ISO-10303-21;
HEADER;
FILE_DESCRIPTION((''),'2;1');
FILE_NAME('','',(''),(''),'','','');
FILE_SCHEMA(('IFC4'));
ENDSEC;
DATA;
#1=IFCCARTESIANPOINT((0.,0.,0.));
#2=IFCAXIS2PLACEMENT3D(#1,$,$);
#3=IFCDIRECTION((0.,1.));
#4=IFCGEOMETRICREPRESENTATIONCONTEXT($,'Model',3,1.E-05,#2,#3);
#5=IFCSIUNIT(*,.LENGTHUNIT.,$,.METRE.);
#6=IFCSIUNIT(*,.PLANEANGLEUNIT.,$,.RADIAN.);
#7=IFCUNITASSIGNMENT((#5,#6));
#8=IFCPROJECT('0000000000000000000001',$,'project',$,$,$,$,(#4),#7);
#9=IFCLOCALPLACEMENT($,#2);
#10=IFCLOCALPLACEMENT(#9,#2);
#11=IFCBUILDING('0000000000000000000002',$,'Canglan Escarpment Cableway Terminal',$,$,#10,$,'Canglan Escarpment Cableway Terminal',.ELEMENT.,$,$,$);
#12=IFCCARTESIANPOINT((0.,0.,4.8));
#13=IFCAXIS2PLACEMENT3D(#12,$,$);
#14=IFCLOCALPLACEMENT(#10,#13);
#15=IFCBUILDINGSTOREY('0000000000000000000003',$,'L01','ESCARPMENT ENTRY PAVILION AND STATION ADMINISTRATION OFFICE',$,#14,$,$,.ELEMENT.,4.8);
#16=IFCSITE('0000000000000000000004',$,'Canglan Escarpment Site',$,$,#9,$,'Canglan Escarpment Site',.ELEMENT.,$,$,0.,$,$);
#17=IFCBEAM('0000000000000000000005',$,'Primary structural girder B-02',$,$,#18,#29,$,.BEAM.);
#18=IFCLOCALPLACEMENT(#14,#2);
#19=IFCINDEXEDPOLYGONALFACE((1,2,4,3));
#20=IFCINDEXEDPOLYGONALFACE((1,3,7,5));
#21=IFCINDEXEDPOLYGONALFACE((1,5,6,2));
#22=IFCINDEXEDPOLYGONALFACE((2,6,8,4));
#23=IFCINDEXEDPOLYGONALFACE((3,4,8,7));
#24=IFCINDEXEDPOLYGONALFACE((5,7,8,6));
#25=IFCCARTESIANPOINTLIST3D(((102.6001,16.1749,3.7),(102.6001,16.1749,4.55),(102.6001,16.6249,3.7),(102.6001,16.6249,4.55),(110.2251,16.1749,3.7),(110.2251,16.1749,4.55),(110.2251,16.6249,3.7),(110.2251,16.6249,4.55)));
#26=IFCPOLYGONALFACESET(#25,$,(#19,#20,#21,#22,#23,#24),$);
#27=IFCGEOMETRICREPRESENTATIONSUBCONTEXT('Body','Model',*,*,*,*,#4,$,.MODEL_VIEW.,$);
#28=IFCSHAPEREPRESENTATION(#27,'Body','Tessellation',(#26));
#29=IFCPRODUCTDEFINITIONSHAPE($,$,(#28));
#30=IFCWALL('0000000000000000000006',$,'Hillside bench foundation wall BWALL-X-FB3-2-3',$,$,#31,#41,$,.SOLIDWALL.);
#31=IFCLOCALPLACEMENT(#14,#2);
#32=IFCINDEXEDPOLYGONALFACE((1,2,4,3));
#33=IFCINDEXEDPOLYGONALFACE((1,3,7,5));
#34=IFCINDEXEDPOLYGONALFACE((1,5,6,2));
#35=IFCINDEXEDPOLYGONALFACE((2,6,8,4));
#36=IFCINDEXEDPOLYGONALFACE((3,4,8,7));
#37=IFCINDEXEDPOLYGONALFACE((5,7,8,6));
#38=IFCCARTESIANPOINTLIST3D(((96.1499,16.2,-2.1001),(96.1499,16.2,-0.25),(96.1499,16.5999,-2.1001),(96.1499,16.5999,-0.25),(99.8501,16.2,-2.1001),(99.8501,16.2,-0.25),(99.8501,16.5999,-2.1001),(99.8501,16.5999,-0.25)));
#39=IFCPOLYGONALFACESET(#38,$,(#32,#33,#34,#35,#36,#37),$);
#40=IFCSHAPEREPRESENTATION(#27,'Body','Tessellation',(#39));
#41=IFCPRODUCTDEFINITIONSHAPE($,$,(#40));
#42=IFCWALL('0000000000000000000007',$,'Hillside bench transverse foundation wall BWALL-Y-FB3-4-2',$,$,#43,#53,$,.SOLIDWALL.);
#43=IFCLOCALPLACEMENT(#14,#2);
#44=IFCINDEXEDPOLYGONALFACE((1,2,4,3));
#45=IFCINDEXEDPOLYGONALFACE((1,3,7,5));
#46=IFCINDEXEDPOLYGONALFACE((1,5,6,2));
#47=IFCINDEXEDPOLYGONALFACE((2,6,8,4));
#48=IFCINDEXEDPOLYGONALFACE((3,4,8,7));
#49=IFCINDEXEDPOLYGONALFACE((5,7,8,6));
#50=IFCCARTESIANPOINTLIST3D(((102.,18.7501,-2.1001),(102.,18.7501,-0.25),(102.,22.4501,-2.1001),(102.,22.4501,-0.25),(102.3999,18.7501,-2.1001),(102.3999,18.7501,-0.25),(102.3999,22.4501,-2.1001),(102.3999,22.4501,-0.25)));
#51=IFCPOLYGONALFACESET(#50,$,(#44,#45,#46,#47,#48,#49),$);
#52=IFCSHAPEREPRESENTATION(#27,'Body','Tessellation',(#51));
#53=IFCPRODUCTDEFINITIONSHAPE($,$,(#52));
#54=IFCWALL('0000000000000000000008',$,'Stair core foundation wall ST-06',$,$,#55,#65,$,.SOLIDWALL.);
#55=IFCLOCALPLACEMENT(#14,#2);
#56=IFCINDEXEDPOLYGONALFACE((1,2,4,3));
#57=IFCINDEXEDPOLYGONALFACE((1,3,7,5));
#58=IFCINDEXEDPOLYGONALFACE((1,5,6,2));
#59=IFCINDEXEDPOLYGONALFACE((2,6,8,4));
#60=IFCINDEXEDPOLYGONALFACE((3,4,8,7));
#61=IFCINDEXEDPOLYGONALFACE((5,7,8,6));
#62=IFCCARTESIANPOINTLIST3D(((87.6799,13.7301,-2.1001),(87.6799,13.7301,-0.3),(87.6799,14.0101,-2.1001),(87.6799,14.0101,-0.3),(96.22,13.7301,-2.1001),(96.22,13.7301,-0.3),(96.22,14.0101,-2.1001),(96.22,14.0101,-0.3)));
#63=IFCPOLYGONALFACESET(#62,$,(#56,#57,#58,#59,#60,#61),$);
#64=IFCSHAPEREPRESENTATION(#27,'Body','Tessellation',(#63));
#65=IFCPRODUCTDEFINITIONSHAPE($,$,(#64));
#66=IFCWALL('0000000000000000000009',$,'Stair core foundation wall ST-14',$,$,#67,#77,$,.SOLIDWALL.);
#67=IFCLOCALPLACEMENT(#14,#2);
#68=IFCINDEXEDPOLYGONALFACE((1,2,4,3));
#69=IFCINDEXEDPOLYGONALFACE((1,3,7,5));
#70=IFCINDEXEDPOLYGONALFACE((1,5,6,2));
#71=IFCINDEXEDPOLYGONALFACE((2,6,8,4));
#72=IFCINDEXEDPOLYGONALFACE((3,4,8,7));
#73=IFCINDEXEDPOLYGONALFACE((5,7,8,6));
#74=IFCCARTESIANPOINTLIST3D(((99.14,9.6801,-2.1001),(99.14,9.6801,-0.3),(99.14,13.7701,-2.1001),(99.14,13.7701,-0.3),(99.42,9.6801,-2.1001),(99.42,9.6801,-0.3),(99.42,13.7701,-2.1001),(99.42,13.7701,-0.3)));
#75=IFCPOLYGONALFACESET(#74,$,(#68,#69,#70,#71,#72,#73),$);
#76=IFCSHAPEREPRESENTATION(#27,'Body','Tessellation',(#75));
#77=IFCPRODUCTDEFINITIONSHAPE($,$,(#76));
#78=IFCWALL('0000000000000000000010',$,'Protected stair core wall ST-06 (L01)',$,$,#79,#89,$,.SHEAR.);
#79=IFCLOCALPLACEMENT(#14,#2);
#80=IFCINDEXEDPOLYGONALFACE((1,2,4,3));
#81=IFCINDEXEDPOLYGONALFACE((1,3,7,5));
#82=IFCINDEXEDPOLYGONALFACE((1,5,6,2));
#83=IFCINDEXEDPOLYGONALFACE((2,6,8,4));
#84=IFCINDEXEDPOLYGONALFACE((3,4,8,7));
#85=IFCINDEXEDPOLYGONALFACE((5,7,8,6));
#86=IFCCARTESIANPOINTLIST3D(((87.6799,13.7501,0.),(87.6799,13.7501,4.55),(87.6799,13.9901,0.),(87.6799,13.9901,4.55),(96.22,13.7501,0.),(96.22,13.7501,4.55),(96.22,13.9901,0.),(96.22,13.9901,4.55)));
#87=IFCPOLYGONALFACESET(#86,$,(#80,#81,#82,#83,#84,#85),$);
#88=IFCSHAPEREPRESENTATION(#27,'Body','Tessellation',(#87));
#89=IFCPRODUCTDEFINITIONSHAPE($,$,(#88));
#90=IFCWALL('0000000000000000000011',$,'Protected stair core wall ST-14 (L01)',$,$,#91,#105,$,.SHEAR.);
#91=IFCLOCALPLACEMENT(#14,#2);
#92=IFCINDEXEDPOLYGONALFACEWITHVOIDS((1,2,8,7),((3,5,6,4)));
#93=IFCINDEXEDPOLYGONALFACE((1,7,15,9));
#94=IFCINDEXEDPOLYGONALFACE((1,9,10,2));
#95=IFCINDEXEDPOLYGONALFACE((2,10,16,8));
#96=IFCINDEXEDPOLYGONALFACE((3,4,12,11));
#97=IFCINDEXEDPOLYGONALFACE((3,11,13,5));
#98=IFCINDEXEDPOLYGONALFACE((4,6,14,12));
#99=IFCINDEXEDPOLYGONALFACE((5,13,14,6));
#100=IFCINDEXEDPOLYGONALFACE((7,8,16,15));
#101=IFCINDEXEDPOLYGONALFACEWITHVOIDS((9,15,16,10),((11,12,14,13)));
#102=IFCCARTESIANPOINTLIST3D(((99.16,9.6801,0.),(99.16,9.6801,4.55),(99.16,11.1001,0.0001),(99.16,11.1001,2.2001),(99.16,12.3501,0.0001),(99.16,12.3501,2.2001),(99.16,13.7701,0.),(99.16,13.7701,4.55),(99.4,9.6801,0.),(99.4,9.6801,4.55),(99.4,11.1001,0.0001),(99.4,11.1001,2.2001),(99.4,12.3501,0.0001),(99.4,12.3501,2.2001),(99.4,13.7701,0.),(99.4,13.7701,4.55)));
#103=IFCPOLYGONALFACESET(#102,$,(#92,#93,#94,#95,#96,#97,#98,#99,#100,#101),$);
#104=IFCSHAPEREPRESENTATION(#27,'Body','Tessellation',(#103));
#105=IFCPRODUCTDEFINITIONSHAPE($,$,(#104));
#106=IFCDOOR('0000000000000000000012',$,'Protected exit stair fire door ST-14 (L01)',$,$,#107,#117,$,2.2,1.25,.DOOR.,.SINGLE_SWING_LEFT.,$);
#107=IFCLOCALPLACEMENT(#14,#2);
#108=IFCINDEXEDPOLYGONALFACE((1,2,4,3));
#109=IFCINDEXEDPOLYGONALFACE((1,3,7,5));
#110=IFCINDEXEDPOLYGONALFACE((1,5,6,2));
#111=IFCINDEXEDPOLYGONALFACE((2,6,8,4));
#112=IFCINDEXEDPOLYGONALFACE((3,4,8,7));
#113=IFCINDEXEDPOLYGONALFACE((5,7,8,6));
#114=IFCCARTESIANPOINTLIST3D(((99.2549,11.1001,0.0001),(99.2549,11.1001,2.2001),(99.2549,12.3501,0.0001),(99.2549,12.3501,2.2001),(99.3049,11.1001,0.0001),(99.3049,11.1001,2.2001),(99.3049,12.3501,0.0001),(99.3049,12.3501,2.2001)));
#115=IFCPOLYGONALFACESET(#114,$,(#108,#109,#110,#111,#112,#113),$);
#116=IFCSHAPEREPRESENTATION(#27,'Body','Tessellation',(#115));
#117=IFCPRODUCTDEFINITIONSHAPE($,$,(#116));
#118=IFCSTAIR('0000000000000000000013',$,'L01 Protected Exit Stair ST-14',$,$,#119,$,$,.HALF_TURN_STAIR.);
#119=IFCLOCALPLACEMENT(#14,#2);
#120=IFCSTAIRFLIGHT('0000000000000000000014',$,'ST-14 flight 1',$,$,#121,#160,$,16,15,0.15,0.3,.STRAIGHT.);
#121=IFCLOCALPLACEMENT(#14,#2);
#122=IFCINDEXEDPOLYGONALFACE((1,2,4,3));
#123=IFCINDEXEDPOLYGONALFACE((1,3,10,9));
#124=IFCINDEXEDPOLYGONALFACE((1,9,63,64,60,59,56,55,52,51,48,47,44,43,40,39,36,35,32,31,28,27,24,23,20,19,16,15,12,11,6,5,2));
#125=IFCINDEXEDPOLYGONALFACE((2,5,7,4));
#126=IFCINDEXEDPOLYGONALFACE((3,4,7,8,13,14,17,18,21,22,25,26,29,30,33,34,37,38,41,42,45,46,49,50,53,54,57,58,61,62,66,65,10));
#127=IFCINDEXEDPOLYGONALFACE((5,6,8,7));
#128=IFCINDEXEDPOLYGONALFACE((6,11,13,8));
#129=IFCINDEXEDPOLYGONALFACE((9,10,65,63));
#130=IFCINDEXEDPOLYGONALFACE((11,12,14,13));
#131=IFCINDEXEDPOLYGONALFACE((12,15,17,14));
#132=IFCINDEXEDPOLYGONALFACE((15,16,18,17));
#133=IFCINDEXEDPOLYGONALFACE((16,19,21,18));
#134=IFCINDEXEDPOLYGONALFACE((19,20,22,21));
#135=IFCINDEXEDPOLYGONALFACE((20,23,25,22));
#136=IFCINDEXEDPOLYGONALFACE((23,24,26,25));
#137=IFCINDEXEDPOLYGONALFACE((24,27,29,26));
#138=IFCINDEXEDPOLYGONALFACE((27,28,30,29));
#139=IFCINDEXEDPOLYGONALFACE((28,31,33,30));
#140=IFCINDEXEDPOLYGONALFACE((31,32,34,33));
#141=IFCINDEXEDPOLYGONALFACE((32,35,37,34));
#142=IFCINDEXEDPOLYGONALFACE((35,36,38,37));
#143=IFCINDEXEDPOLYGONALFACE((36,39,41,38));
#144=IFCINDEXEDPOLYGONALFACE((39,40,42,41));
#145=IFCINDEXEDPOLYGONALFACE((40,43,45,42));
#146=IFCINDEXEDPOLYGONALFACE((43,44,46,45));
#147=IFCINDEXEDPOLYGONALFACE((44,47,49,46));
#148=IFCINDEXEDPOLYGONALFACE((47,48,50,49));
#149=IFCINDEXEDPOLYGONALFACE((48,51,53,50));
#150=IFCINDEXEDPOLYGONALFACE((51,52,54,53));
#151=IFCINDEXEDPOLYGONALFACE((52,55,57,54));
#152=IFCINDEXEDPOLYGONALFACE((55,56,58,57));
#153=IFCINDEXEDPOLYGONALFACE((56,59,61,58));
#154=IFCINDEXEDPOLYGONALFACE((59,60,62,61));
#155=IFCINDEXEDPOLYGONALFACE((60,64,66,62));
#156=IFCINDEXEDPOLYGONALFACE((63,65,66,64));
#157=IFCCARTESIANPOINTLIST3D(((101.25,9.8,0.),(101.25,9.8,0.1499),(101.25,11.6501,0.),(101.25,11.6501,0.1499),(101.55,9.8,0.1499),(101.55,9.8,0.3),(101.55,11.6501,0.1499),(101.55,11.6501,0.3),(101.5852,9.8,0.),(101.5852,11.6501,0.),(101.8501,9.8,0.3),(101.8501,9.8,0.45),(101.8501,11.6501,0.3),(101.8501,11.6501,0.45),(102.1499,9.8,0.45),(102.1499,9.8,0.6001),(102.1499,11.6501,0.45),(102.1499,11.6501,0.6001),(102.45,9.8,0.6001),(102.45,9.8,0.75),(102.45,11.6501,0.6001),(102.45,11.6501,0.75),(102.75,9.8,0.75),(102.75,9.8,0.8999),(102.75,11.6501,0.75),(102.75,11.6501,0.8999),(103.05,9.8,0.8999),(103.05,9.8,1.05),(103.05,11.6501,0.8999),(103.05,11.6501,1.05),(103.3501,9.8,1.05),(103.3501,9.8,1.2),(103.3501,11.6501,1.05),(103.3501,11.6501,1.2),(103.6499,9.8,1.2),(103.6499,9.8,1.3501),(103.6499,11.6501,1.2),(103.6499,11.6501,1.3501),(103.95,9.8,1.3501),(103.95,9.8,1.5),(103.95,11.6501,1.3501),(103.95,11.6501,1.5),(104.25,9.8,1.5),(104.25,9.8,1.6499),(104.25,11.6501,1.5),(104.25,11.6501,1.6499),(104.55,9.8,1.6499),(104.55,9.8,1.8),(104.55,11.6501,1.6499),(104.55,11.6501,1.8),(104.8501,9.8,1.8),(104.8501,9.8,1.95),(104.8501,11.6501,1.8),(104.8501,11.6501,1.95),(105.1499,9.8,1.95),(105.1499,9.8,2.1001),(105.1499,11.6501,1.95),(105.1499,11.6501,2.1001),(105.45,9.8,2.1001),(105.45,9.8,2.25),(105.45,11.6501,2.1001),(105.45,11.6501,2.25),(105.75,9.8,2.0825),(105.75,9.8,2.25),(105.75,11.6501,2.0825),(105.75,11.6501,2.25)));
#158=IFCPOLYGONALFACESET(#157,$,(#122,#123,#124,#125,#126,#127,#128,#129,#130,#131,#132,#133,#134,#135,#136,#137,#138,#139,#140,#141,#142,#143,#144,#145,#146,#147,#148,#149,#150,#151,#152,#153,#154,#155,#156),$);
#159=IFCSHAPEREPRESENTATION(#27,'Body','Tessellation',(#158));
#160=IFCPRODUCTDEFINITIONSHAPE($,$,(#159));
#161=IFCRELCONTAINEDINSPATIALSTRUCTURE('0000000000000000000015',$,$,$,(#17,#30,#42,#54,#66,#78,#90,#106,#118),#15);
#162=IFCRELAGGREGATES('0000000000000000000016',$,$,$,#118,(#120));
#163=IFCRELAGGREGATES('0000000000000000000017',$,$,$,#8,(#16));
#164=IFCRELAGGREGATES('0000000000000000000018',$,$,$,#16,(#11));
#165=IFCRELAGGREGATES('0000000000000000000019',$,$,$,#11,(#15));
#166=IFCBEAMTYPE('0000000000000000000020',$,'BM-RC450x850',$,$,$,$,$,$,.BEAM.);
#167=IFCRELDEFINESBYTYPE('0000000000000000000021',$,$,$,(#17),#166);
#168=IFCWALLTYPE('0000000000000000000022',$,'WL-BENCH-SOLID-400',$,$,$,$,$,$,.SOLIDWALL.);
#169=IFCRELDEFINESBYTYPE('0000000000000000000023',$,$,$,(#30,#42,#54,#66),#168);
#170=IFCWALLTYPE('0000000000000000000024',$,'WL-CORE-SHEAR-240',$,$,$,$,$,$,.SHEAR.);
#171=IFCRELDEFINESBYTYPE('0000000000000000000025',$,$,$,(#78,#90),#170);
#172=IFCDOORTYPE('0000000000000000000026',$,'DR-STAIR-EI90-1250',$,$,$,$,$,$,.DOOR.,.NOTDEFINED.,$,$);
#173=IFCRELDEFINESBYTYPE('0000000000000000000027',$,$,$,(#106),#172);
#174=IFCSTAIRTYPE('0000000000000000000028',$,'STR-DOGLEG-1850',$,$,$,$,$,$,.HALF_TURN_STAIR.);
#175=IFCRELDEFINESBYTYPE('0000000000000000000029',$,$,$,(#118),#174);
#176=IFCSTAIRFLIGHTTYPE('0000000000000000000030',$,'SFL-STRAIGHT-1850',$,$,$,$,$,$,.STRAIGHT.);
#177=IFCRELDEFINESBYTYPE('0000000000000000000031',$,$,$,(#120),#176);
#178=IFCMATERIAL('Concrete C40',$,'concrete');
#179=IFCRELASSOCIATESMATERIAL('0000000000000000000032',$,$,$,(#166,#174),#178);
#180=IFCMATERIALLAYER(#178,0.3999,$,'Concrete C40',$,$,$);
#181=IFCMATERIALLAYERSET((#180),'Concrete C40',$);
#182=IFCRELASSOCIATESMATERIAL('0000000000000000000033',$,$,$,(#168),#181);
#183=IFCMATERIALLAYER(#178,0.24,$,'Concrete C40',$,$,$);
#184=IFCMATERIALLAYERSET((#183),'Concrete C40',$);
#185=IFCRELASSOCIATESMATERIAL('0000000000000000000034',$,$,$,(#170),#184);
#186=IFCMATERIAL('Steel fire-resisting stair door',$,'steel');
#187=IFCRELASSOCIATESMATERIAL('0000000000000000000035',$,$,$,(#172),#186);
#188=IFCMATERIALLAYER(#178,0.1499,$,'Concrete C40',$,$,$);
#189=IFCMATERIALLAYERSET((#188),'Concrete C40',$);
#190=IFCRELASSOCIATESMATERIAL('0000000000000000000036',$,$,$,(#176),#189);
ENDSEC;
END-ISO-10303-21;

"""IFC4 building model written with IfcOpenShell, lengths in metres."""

from ifc_helpers import new_model, si_unit, direction, frame, frame_2d, origin, origin_2d, place, context, subcontext, project, spatial, polyline, rectangle, outline, extrude, material, layer, layer_set, material_profile, profile_set, type_object, element, fill, aggregate, save


model = new_model("IFC4")

# Units and contexts
model_context = context("Model", 3, precision=1e-05, world=origin(), true_north=direction((0.0, 1.0)))
body_context = subcontext(model_context, "Body", "Model", "MODEL_VIEW")
ifc_project = project(units=[si_unit("LENGTHUNIT", "METRE"), si_unit("PLANEANGLEUNIT", "RADIAN")], contexts=[model_context])

# Site, building, storey
site_placement = place(None, origin())
site = spatial("IfcSite", under=ifc_project, at=site_placement, Name="Canglan Escarpment Site", LongName="Canglan Escarpment Site", CompositionType="ELEMENT", RefElevation=0.0)
building_placement = place(site_placement, origin())
building = spatial("IfcBuilding", under=site, at=building_placement, Name="Canglan Escarpment Cableway Terminal", LongName="Canglan Escarpment Cableway Terminal", CompositionType="ELEMENT")
storey_placement = place(building_placement, frame((0.0, 0.0, 4.8)))
storey = spatial("IfcBuildingStorey", under=building, at=storey_placement, Name="L01", Description="ESCARPMENT ENTRY PAVILION AND STATION ADMINISTRATION OFFICE", CompositionType="ELEMENT", Elevation=4.8)

# Shared definitions
ifc_material_1 = material(Name="Concrete C40", Category="concrete")

# Beam
ifc_material_profile_1 = material_profile(ifc_material_1, rectangle(XDim=0.45, YDim=0.8501, at=origin_2d()), Name="RC 450x850")
ifc_profile_set_1 = profile_set([ifc_material_profile_1], Name="Concrete C40")
beam_type_1 = type_object("IfcBeamType", Name="BM-RC450x850", PredefinedType="BEAM", material=ifc_profile_set_1)
beam_1_placement = place(storey_placement, frame((102.6001, 16.3999, 4.125), z_axis=(1.0, 0.0, 0.0), x_axis=(0.0, 1.0, 0.0)))
element("IfcBeam", 1, at=beam_1_placement, inside=storey, type_object=beam_type_1, Name="Primary structural girder B-02", PredefinedType="BEAM", context=body_context, shape_type="SweptSolid", body=[
    extrude(rectangle(XDim=0.45, YDim=0.8501, at=origin_2d()), origin(), (0.0, 0.0, 1.0), 7.625),
])

# Walls
ifc_layer_1 = layer(ifc_material_1, 0.3999, Name="Concrete C40")
ifc_layer_set_1 = layer_set([ifc_layer_1], Name="Concrete C40")
wall_type_1 = type_object("IfcWallType", Name="WL-BENCH-SOLID-400", PredefinedType="SOLIDWALL", material=ifc_layer_set_1)
wall_1_placement = place(storey_placement, frame((96.1499, 16.3999, -2.1001), z_axis=(0.0, 0.0, 1.0), x_axis=(1.0, 0.0, 0.0)))
element("IfcWall", 2, at=wall_1_placement, inside=storey, type_object=wall_type_1, Name="Hillside bench foundation wall BWALL-X-FB3-2-3", PredefinedType="SOLIDWALL", context=body_context, shape_type="SweptSolid", body=[
    extrude(rectangle(XDim=3.7002, YDim=0.3999, at=frame_2d((1.8501, 0.0))), origin(), (0.0, 0.0, 1.0), 1.8501),
])
wall_2_placement = place(storey_placement, frame((102.2, 18.75, -2.1001), z_axis=(0.0, 0.0, 1.0), x_axis=(0.0, 1.0, 0.0)))
element("IfcWall", 3, at=wall_2_placement, inside=storey, type_object=wall_type_1, Name="Hillside bench transverse foundation wall BWALL-Y-FB3-4-2", PredefinedType="SOLIDWALL", context=body_context, shape_type="SweptSolid", body=[
    extrude(rectangle(XDim=3.7, YDim=0.3999, at=frame_2d((1.8501, 0.0))), origin(), (0.0, 0.0, 1.0), 1.8501),
])
wall_3_placement = place(storey_placement, frame((96.22, 13.8701, -2.1001), z_axis=(0.0, 0.0, 1.0), x_axis=(-1.0, 0.0, 0.0)))
element("IfcWall", 4, at=wall_3_placement, inside=storey, type_object=wall_type_1, Name="Stair core foundation wall ST-06", PredefinedType="SOLIDWALL", context=body_context, shape_type="SweptSolid", body=[
    extrude(rectangle(XDim=8.54, YDim=0.28, at=frame_2d((4.27, 0.0))), origin(), (0.0, 0.0, 1.0), 1.8),
])
wall_4_placement = place(storey_placement, frame((99.28, 13.77, -2.1001), z_axis=(0.0, 0.0, 1.0), x_axis=(0.0, -1.0, 0.0)))
element("IfcWall", 5, at=wall_4_placement, inside=storey, type_object=wall_type_1, Name="Stair core foundation wall ST-14", PredefinedType="SOLIDWALL", context=body_context, shape_type="SweptSolid", body=[
    extrude(rectangle(XDim=4.0901, YDim=0.28, at=frame_2d((2.0449, 0.0))), origin(), (0.0, 0.0, 1.0), 1.8),
])
ifc_layer_2 = layer(ifc_material_1, 0.24, Name="Concrete C40")
ifc_layer_set_2 = layer_set([ifc_layer_2], Name="Concrete C40")
wall_type_2 = type_object("IfcWallType", Name="WL-CORE-SHEAR-240", PredefinedType="SHEAR", material=ifc_layer_set_2)
wall_5_placement = place(storey_placement, frame((96.22, 13.8701, 0.0), z_axis=(0.0, 0.0, 1.0), x_axis=(-1.0, 0.0, 0.0)))
element("IfcWall", 6, at=wall_5_placement, inside=storey, type_object=wall_type_2, Name="Protected stair core wall ST-06 (L01)", PredefinedType="SHEAR", context=body_context, shape_type="SweptSolid", body=[
    extrude(rectangle(XDim=8.54, YDim=0.24, at=frame_2d((4.27, 0.0))), origin(), (0.0, 0.0, 1.0), 4.55),
])

# Wall, opening, door
wall_6_placement = place(storey_placement, frame((99.28, 13.77, 0.0), z_axis=(0.0, 0.0, 1.0), x_axis=(0.0, -1.0, 0.0)))
wall_6 = element("IfcWall", 7, at=wall_6_placement, inside=storey, type_object=wall_type_2, Name="Protected stair core wall ST-14 (L01)", PredefinedType="SHEAR", context=body_context, shape_type="SweptSolid", body=[
    extrude(rectangle(XDim=4.0901, YDim=0.24, at=frame_2d((2.0449, 0.0))), origin(), (0.0, 0.0, 1.0), 4.55),
])
opening_placement = place(wall_6_placement, frame((1.4199, 0.0, 0.0)))
opening = element("IfcOpeningElement", 8, at=opening_placement, cuts=wall_6, PredefinedType="OPENING", context=body_context, shape_type="SweptSolid", body=[
    extrude(rectangle(XDim=1.25, YDim=2.2, at=frame_2d((0.625, 1.1001))), frame((0.0, 0.1299, 0.0), z_axis=(0.0, -1.0, 0.0), x_axis=(1.0, 0.0, 0.0)), (0.0, 0.0, 1.0), 0.26),
])
ifc_material_2 = material(Name="Steel fire-resisting stair door", Category="steel")
door_type = type_object("IfcDoorType", Name="DR-STAIR-EI90-1250", OperationType="NOTDEFINED", PredefinedType="DOOR", material=ifc_material_2)
door_placement = place(opening_placement, origin())
door = element("IfcDoor", 9, at=door_placement, inside=storey, type_object=door_type, Name="Protected exit stair fire door ST-14 (L01)", OperationType="SINGLE_SWING_LEFT", OverallHeight=2.2, OverallWidth=1.25, PredefinedType="DOOR", context=body_context, shape_type="SweptSolid", body=[
    extrude(rectangle(XDim=1.25, YDim=2.2, at=frame_2d((0.625, 1.1001))), frame((0.0, 0.0249, 0.0), z_axis=(0.0, -1.0, 0.0), x_axis=(1.0, 0.0, 0.0)), (0.0, 0.0, 1.0), 0.05),
])
fill(opening, door)

# Stair, stair flight
stair_type = type_object("IfcStairType", Name="STR-DOGLEG-1850", PredefinedType="HALF_TURN_STAIR", material=ifc_material_1)
stair_placement = place(storey_placement, origin())
stair = element("IfcStair", 10, at=stair_placement, inside=storey, type_object=stair_type, Name="L01 Protected Exit Stair ST-14", PredefinedType="HALF_TURN_STAIR")
ifc_layer_3 = layer(ifc_material_1, 0.1499, Name="Concrete C40")
ifc_layer_set_3 = layer_set([ifc_layer_3], Name="Concrete C40")
stair_flight_type = type_object("IfcStairFlightType", Name="SFL-STRAIGHT-1850", PredefinedType="STRAIGHT", material=ifc_layer_set_3)
stair_flight_placement = place(storey_placement, frame((101.25, 10.7251, 0.0), z_axis=(0.0, 0.0, 1.0), x_axis=(1.0, 0.0, 0.0)))
stair_flight = element("IfcStairFlight", 11, at=stair_flight_placement, type_object=stair_flight_type, Name="ST-14 flight 1", NumberOfRisers=16, NumberOfTreads=15, PredefinedType="STRAIGHT", RiserHeight=0.15, TreadLength=0.3, context=body_context, shape_type="SweptSolid", body=[
    extrude(outline(polyline([(0.0, 0.0), (0.0, 0.1499), (0.3, 0.1499), (0.3, 0.3), (0.6001, 0.3), (0.6001, 0.45), (0.8999, 0.45), (0.8999, 0.6001), (1.2, 0.6001), (1.2, 0.75), (1.5, 0.75), (1.5, 0.8999), (1.8, 0.8999), (1.8, 1.05), (2.1001, 1.05), (2.1001, 1.2), (2.3999, 1.2), (2.3999, 1.3501), (2.7, 1.3501), (2.7, 1.5), (3.0, 1.5), (3.0, 1.6499), (3.3, 1.6499), (3.3, 1.8), (3.6001, 1.8), (3.6001, 1.95), (3.8999, 1.95), (3.8999, 2.1001), (4.2, 2.1001), (4.2, 2.25), (4.5, 2.25), (4.5, 2.3999), (4.5, 2.0825), (0.3352, 0.0), (0.0, 0.0)])), frame((0.0, 0.925, 0.0), z_axis=(0.0, -1.0, 0.0), x_axis=(1.0, 0.0, 0.0)), (0.0, 0.0, 1.0), 1.8501),
])
aggregate(stair, [stair_flight])

save(model, "model.ifc")
